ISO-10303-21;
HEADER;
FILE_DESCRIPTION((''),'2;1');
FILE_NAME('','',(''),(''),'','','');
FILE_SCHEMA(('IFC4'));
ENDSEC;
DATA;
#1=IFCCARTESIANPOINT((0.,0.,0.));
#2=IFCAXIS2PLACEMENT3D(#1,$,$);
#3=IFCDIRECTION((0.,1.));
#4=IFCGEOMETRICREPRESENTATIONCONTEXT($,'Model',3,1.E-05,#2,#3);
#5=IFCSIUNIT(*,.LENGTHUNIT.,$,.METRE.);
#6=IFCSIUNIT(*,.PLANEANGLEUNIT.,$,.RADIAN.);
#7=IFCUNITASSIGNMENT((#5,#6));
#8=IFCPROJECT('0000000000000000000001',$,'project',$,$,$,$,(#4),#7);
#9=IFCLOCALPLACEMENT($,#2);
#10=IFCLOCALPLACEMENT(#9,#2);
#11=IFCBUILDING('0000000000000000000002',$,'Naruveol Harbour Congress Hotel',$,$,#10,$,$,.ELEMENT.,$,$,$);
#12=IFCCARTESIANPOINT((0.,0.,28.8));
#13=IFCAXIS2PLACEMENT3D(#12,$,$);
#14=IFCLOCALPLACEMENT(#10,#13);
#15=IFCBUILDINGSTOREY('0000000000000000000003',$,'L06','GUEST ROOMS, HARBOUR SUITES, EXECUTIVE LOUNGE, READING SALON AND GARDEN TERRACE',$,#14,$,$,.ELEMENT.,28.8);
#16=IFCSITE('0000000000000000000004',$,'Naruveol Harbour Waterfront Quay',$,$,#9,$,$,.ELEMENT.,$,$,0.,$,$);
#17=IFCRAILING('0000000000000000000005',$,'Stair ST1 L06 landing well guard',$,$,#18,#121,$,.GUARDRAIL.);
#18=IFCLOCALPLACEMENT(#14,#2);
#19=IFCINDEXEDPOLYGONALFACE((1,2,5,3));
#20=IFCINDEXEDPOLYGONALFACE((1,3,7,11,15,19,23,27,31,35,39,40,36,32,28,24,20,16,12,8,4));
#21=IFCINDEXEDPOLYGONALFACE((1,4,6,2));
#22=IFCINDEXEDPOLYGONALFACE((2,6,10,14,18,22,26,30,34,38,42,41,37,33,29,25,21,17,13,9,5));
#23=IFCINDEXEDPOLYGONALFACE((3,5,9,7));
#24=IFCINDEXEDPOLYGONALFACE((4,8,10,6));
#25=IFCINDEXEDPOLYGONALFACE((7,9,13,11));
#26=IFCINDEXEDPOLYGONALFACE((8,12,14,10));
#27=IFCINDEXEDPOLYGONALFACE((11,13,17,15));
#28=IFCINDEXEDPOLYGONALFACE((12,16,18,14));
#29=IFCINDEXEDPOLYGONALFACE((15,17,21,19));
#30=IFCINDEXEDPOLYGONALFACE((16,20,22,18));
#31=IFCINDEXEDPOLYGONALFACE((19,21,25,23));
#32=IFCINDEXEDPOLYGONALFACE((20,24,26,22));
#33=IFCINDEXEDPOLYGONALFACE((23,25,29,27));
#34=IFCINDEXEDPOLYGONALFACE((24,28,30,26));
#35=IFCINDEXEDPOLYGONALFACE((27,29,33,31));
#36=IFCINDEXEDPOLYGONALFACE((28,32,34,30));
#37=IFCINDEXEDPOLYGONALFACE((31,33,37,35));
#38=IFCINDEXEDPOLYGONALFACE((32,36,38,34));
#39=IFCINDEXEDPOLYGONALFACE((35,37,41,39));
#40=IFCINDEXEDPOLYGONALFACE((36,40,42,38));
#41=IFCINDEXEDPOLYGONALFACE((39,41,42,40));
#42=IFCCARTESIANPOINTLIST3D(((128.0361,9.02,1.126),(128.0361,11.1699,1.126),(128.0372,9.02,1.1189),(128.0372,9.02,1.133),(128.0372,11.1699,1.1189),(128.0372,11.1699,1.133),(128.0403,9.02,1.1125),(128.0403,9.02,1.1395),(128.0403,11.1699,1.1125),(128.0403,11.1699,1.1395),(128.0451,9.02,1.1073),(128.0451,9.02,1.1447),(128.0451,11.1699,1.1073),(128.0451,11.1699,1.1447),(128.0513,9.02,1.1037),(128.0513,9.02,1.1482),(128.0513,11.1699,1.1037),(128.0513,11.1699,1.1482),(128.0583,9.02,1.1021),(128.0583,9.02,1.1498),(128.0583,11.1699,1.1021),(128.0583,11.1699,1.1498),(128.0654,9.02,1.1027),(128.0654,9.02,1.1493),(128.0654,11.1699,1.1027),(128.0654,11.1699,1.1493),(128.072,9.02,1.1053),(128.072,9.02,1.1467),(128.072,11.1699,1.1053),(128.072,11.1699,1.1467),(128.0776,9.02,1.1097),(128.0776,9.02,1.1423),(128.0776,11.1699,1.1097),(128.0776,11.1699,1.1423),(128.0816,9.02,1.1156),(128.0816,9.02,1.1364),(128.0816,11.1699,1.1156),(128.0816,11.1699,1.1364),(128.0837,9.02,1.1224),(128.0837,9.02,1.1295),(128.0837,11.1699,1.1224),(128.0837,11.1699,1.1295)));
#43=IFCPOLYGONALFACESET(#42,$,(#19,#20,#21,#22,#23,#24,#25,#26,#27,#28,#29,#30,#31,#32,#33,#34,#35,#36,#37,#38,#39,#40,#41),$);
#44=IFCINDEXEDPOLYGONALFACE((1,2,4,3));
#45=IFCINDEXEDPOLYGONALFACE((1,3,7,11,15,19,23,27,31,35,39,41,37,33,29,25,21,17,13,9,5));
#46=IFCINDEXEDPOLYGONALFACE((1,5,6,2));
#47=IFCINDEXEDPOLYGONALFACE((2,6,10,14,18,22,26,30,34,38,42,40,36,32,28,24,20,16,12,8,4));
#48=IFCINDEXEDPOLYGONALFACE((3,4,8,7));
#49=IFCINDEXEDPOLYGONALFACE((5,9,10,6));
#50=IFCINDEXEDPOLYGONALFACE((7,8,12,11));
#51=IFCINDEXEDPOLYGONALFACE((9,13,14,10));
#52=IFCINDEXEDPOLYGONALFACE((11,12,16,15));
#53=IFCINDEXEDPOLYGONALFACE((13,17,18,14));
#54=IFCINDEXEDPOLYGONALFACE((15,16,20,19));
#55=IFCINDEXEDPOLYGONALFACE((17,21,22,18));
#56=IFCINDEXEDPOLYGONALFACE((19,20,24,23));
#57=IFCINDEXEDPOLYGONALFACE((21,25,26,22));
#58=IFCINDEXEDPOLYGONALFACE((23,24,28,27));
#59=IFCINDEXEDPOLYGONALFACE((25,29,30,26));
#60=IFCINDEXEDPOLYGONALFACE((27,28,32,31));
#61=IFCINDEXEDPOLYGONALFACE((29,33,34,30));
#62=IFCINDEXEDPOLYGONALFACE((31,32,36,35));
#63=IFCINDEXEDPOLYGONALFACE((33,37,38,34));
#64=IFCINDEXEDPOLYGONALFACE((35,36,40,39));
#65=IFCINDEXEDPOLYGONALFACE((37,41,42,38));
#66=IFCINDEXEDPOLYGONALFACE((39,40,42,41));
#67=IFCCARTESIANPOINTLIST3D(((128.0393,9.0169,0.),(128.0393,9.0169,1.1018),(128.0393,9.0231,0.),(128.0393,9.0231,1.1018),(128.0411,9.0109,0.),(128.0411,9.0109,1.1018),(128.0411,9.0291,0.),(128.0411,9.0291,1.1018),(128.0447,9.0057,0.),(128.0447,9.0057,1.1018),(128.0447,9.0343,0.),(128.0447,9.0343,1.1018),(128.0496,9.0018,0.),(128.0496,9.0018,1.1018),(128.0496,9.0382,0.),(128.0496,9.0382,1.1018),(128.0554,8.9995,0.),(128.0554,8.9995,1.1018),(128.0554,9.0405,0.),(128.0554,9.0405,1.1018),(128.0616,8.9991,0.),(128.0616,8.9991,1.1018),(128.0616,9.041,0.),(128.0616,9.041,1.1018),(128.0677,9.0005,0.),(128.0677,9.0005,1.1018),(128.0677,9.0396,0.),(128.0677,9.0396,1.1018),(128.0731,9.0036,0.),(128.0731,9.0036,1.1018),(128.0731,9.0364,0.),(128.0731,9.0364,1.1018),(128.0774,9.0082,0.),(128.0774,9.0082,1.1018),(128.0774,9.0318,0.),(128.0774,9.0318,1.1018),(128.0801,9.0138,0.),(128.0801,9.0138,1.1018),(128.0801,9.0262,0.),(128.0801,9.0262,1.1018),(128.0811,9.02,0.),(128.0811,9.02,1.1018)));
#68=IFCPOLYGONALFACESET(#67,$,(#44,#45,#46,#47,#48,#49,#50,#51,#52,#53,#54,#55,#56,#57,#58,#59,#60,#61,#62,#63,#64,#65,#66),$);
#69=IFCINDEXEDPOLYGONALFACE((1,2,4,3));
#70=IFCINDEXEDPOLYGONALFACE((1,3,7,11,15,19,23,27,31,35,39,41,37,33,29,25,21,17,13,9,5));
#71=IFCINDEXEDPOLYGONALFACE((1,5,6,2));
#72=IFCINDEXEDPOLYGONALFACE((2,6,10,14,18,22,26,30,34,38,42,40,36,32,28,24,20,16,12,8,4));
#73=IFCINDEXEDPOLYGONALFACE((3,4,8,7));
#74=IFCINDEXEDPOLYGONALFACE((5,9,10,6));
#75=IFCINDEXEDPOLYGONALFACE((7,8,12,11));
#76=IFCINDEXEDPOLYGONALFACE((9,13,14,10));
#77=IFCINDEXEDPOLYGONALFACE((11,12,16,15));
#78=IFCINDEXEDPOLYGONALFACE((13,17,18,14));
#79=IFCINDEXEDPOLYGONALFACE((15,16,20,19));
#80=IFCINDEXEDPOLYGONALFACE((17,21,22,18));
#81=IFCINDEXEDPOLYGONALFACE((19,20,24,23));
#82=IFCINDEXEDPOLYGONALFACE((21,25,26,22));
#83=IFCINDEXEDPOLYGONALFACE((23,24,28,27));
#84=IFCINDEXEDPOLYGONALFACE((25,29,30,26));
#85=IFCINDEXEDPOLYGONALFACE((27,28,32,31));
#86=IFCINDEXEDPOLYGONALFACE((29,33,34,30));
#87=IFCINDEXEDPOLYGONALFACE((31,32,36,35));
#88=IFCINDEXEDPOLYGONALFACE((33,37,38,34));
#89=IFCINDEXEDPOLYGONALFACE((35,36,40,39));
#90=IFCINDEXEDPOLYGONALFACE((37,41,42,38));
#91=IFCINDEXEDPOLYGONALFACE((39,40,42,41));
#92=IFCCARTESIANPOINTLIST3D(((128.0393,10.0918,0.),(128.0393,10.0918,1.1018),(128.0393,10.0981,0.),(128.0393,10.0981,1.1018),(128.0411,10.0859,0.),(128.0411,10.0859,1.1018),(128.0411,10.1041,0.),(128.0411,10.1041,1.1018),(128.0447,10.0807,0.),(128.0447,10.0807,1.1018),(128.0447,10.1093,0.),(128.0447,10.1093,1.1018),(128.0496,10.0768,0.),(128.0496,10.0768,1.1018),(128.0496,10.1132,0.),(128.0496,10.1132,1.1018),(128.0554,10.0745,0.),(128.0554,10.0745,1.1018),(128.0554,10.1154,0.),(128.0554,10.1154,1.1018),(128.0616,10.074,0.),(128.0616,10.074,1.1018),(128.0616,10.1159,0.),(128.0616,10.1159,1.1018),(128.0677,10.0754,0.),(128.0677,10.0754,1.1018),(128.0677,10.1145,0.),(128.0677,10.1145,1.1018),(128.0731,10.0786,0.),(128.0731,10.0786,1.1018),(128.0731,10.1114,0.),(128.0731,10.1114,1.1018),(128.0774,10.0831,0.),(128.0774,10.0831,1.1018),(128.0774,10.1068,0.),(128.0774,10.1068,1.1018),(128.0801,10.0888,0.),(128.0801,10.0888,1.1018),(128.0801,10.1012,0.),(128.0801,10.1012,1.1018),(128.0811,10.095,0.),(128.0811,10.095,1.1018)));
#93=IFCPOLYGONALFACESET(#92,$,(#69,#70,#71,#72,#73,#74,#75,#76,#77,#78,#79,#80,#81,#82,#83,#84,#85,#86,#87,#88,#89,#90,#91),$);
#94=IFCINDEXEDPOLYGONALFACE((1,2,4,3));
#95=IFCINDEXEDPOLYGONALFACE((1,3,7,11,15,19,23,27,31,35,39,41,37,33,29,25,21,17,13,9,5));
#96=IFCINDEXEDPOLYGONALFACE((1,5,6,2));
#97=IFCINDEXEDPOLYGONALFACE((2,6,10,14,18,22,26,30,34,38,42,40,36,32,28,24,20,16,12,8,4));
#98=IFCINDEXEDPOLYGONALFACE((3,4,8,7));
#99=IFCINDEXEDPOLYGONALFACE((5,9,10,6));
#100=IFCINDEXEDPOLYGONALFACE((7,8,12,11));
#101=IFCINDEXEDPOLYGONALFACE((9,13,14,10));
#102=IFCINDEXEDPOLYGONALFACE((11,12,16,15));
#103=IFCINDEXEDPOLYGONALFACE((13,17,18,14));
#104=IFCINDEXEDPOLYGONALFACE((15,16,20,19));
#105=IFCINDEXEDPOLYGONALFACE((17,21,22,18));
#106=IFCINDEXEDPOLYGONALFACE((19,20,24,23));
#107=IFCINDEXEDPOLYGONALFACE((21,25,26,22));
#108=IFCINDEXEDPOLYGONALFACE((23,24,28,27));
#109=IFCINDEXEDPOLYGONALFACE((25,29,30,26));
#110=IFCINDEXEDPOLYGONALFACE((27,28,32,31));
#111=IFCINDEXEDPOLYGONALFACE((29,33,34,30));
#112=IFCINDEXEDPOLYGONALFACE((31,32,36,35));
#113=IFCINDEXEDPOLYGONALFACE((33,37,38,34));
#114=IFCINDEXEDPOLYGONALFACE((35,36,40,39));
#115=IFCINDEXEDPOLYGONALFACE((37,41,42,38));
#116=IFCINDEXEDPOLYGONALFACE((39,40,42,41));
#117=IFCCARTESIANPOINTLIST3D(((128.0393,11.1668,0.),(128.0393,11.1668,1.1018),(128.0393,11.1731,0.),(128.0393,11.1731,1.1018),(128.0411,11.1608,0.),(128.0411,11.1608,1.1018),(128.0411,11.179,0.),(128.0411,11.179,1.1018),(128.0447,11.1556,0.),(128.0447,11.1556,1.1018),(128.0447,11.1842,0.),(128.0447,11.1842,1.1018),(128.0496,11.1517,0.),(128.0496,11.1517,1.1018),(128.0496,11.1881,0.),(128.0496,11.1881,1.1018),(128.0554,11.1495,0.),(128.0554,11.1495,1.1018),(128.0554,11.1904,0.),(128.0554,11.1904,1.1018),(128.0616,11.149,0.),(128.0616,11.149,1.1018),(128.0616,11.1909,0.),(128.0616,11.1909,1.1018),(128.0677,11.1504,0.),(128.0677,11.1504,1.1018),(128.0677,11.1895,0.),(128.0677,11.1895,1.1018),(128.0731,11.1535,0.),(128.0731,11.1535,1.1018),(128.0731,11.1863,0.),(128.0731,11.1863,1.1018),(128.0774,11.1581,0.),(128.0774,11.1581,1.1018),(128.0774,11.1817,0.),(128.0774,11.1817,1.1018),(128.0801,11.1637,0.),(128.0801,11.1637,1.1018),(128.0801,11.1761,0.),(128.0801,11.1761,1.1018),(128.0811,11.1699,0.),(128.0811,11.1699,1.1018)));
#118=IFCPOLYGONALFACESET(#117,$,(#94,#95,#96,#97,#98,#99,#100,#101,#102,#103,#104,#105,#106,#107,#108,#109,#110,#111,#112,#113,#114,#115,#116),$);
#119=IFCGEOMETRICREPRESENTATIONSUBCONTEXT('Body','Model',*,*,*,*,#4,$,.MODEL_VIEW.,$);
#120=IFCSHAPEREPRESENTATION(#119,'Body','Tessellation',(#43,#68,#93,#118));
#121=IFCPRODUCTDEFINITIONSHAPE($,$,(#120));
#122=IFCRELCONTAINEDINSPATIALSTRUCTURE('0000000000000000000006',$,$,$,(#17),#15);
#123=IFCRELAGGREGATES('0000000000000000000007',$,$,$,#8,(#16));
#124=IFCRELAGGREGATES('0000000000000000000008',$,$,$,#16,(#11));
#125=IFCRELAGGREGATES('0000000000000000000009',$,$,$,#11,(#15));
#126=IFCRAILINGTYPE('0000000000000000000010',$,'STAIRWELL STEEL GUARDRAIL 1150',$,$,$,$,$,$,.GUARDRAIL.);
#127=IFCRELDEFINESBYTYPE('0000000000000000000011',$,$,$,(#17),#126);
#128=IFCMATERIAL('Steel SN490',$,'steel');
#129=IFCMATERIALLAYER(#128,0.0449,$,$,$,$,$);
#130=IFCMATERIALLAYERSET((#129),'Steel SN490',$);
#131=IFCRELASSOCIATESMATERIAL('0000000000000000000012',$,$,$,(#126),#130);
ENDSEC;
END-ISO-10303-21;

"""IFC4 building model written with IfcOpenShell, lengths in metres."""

from ifc_helpers import new_model, si_unit, direction, frame, origin, origin_2d, place, context, subcontext, project, spatial, circle, extrude, material, layer, layer_set, type_object, element, save


model = new_model("IFC4")

# Units and contexts
model_context = context("Model", 3, precision=1e-05, world=origin(), true_north=direction((0.0, 1.0)))
body_context = subcontext(model_context, "Body", "Model", "MODEL_VIEW")
ifc_project = project(units=[si_unit("LENGTHUNIT", "METRE"), si_unit("PLANEANGLEUNIT", "RADIAN")], contexts=[model_context])

# Site, building, storey
site_placement = place(None, origin())
site = spatial("IfcSite", under=ifc_project, at=site_placement, Name="Naruveol Harbour Waterfront Quay", CompositionType="ELEMENT", RefElevation=0.0)
building_placement = place(site_placement, origin())
building = spatial("IfcBuilding", under=site, at=building_placement, Name="Naruveol Harbour Congress Hotel", CompositionType="ELEMENT")
storey_placement = place(building_placement, frame((0.0, 0.0, 28.8)))
storey = spatial("IfcBuildingStorey", under=building, at=storey_placement, Name="L06", Description="GUEST ROOMS, HARBOUR SUITES, EXECUTIVE LOUNGE, READING SALON AND GARDEN TERRACE", CompositionType="ELEMENT", Elevation=28.8)

# Railing
ifc_material_1 = material(Name="Steel SN490", Category="steel")
ifc_layer_1 = layer(ifc_material_1, 0.0449)
ifc_layer_set_1 = layer_set([ifc_layer_1], Name="Steel SN490")
railing_type_1 = type_object("IfcRailingType", Name="STAIRWELL STEEL GUARDRAIL 1150", PredefinedType="GUARDRAIL", material=ifc_layer_set_1)
railing_1_placement = place(storey_placement, frame((128.0601, 9.02, 0.0)))
element("IfcRailing", 1, at=railing_1_placement, inside=storey, type_object=railing_type_1, Name="Stair ST1 L06 landing well guard", PredefinedType="GUARDRAIL", context=body_context, shape_type="SweptSolid", body=[
    extrude(circle(Radius=0.0239, at=origin_2d()), frame((0.0, 0.0, 1.126), z_axis=(0.0, 1.0, 0.0), x_axis=(-1.0, 0.0, 0.0)), (0.0, 0.0, 1.0), 2.1499),
    extrude(circle(Radius=0.021, at=origin_2d()), origin(), (0.0, 0.0, 1.0), 1.1018),
    extrude(circle(Radius=0.021, at=origin_2d()), frame((0.0, 1.075, 0.0)), (0.0, 0.0, 1.0), 1.1018),
    extrude(circle(Radius=0.021, at=origin_2d()), frame((0.0, 2.1499, 0.0)), (0.0, 0.0, 1.0), 1.1018),
])

save(model, "model.ifc")
